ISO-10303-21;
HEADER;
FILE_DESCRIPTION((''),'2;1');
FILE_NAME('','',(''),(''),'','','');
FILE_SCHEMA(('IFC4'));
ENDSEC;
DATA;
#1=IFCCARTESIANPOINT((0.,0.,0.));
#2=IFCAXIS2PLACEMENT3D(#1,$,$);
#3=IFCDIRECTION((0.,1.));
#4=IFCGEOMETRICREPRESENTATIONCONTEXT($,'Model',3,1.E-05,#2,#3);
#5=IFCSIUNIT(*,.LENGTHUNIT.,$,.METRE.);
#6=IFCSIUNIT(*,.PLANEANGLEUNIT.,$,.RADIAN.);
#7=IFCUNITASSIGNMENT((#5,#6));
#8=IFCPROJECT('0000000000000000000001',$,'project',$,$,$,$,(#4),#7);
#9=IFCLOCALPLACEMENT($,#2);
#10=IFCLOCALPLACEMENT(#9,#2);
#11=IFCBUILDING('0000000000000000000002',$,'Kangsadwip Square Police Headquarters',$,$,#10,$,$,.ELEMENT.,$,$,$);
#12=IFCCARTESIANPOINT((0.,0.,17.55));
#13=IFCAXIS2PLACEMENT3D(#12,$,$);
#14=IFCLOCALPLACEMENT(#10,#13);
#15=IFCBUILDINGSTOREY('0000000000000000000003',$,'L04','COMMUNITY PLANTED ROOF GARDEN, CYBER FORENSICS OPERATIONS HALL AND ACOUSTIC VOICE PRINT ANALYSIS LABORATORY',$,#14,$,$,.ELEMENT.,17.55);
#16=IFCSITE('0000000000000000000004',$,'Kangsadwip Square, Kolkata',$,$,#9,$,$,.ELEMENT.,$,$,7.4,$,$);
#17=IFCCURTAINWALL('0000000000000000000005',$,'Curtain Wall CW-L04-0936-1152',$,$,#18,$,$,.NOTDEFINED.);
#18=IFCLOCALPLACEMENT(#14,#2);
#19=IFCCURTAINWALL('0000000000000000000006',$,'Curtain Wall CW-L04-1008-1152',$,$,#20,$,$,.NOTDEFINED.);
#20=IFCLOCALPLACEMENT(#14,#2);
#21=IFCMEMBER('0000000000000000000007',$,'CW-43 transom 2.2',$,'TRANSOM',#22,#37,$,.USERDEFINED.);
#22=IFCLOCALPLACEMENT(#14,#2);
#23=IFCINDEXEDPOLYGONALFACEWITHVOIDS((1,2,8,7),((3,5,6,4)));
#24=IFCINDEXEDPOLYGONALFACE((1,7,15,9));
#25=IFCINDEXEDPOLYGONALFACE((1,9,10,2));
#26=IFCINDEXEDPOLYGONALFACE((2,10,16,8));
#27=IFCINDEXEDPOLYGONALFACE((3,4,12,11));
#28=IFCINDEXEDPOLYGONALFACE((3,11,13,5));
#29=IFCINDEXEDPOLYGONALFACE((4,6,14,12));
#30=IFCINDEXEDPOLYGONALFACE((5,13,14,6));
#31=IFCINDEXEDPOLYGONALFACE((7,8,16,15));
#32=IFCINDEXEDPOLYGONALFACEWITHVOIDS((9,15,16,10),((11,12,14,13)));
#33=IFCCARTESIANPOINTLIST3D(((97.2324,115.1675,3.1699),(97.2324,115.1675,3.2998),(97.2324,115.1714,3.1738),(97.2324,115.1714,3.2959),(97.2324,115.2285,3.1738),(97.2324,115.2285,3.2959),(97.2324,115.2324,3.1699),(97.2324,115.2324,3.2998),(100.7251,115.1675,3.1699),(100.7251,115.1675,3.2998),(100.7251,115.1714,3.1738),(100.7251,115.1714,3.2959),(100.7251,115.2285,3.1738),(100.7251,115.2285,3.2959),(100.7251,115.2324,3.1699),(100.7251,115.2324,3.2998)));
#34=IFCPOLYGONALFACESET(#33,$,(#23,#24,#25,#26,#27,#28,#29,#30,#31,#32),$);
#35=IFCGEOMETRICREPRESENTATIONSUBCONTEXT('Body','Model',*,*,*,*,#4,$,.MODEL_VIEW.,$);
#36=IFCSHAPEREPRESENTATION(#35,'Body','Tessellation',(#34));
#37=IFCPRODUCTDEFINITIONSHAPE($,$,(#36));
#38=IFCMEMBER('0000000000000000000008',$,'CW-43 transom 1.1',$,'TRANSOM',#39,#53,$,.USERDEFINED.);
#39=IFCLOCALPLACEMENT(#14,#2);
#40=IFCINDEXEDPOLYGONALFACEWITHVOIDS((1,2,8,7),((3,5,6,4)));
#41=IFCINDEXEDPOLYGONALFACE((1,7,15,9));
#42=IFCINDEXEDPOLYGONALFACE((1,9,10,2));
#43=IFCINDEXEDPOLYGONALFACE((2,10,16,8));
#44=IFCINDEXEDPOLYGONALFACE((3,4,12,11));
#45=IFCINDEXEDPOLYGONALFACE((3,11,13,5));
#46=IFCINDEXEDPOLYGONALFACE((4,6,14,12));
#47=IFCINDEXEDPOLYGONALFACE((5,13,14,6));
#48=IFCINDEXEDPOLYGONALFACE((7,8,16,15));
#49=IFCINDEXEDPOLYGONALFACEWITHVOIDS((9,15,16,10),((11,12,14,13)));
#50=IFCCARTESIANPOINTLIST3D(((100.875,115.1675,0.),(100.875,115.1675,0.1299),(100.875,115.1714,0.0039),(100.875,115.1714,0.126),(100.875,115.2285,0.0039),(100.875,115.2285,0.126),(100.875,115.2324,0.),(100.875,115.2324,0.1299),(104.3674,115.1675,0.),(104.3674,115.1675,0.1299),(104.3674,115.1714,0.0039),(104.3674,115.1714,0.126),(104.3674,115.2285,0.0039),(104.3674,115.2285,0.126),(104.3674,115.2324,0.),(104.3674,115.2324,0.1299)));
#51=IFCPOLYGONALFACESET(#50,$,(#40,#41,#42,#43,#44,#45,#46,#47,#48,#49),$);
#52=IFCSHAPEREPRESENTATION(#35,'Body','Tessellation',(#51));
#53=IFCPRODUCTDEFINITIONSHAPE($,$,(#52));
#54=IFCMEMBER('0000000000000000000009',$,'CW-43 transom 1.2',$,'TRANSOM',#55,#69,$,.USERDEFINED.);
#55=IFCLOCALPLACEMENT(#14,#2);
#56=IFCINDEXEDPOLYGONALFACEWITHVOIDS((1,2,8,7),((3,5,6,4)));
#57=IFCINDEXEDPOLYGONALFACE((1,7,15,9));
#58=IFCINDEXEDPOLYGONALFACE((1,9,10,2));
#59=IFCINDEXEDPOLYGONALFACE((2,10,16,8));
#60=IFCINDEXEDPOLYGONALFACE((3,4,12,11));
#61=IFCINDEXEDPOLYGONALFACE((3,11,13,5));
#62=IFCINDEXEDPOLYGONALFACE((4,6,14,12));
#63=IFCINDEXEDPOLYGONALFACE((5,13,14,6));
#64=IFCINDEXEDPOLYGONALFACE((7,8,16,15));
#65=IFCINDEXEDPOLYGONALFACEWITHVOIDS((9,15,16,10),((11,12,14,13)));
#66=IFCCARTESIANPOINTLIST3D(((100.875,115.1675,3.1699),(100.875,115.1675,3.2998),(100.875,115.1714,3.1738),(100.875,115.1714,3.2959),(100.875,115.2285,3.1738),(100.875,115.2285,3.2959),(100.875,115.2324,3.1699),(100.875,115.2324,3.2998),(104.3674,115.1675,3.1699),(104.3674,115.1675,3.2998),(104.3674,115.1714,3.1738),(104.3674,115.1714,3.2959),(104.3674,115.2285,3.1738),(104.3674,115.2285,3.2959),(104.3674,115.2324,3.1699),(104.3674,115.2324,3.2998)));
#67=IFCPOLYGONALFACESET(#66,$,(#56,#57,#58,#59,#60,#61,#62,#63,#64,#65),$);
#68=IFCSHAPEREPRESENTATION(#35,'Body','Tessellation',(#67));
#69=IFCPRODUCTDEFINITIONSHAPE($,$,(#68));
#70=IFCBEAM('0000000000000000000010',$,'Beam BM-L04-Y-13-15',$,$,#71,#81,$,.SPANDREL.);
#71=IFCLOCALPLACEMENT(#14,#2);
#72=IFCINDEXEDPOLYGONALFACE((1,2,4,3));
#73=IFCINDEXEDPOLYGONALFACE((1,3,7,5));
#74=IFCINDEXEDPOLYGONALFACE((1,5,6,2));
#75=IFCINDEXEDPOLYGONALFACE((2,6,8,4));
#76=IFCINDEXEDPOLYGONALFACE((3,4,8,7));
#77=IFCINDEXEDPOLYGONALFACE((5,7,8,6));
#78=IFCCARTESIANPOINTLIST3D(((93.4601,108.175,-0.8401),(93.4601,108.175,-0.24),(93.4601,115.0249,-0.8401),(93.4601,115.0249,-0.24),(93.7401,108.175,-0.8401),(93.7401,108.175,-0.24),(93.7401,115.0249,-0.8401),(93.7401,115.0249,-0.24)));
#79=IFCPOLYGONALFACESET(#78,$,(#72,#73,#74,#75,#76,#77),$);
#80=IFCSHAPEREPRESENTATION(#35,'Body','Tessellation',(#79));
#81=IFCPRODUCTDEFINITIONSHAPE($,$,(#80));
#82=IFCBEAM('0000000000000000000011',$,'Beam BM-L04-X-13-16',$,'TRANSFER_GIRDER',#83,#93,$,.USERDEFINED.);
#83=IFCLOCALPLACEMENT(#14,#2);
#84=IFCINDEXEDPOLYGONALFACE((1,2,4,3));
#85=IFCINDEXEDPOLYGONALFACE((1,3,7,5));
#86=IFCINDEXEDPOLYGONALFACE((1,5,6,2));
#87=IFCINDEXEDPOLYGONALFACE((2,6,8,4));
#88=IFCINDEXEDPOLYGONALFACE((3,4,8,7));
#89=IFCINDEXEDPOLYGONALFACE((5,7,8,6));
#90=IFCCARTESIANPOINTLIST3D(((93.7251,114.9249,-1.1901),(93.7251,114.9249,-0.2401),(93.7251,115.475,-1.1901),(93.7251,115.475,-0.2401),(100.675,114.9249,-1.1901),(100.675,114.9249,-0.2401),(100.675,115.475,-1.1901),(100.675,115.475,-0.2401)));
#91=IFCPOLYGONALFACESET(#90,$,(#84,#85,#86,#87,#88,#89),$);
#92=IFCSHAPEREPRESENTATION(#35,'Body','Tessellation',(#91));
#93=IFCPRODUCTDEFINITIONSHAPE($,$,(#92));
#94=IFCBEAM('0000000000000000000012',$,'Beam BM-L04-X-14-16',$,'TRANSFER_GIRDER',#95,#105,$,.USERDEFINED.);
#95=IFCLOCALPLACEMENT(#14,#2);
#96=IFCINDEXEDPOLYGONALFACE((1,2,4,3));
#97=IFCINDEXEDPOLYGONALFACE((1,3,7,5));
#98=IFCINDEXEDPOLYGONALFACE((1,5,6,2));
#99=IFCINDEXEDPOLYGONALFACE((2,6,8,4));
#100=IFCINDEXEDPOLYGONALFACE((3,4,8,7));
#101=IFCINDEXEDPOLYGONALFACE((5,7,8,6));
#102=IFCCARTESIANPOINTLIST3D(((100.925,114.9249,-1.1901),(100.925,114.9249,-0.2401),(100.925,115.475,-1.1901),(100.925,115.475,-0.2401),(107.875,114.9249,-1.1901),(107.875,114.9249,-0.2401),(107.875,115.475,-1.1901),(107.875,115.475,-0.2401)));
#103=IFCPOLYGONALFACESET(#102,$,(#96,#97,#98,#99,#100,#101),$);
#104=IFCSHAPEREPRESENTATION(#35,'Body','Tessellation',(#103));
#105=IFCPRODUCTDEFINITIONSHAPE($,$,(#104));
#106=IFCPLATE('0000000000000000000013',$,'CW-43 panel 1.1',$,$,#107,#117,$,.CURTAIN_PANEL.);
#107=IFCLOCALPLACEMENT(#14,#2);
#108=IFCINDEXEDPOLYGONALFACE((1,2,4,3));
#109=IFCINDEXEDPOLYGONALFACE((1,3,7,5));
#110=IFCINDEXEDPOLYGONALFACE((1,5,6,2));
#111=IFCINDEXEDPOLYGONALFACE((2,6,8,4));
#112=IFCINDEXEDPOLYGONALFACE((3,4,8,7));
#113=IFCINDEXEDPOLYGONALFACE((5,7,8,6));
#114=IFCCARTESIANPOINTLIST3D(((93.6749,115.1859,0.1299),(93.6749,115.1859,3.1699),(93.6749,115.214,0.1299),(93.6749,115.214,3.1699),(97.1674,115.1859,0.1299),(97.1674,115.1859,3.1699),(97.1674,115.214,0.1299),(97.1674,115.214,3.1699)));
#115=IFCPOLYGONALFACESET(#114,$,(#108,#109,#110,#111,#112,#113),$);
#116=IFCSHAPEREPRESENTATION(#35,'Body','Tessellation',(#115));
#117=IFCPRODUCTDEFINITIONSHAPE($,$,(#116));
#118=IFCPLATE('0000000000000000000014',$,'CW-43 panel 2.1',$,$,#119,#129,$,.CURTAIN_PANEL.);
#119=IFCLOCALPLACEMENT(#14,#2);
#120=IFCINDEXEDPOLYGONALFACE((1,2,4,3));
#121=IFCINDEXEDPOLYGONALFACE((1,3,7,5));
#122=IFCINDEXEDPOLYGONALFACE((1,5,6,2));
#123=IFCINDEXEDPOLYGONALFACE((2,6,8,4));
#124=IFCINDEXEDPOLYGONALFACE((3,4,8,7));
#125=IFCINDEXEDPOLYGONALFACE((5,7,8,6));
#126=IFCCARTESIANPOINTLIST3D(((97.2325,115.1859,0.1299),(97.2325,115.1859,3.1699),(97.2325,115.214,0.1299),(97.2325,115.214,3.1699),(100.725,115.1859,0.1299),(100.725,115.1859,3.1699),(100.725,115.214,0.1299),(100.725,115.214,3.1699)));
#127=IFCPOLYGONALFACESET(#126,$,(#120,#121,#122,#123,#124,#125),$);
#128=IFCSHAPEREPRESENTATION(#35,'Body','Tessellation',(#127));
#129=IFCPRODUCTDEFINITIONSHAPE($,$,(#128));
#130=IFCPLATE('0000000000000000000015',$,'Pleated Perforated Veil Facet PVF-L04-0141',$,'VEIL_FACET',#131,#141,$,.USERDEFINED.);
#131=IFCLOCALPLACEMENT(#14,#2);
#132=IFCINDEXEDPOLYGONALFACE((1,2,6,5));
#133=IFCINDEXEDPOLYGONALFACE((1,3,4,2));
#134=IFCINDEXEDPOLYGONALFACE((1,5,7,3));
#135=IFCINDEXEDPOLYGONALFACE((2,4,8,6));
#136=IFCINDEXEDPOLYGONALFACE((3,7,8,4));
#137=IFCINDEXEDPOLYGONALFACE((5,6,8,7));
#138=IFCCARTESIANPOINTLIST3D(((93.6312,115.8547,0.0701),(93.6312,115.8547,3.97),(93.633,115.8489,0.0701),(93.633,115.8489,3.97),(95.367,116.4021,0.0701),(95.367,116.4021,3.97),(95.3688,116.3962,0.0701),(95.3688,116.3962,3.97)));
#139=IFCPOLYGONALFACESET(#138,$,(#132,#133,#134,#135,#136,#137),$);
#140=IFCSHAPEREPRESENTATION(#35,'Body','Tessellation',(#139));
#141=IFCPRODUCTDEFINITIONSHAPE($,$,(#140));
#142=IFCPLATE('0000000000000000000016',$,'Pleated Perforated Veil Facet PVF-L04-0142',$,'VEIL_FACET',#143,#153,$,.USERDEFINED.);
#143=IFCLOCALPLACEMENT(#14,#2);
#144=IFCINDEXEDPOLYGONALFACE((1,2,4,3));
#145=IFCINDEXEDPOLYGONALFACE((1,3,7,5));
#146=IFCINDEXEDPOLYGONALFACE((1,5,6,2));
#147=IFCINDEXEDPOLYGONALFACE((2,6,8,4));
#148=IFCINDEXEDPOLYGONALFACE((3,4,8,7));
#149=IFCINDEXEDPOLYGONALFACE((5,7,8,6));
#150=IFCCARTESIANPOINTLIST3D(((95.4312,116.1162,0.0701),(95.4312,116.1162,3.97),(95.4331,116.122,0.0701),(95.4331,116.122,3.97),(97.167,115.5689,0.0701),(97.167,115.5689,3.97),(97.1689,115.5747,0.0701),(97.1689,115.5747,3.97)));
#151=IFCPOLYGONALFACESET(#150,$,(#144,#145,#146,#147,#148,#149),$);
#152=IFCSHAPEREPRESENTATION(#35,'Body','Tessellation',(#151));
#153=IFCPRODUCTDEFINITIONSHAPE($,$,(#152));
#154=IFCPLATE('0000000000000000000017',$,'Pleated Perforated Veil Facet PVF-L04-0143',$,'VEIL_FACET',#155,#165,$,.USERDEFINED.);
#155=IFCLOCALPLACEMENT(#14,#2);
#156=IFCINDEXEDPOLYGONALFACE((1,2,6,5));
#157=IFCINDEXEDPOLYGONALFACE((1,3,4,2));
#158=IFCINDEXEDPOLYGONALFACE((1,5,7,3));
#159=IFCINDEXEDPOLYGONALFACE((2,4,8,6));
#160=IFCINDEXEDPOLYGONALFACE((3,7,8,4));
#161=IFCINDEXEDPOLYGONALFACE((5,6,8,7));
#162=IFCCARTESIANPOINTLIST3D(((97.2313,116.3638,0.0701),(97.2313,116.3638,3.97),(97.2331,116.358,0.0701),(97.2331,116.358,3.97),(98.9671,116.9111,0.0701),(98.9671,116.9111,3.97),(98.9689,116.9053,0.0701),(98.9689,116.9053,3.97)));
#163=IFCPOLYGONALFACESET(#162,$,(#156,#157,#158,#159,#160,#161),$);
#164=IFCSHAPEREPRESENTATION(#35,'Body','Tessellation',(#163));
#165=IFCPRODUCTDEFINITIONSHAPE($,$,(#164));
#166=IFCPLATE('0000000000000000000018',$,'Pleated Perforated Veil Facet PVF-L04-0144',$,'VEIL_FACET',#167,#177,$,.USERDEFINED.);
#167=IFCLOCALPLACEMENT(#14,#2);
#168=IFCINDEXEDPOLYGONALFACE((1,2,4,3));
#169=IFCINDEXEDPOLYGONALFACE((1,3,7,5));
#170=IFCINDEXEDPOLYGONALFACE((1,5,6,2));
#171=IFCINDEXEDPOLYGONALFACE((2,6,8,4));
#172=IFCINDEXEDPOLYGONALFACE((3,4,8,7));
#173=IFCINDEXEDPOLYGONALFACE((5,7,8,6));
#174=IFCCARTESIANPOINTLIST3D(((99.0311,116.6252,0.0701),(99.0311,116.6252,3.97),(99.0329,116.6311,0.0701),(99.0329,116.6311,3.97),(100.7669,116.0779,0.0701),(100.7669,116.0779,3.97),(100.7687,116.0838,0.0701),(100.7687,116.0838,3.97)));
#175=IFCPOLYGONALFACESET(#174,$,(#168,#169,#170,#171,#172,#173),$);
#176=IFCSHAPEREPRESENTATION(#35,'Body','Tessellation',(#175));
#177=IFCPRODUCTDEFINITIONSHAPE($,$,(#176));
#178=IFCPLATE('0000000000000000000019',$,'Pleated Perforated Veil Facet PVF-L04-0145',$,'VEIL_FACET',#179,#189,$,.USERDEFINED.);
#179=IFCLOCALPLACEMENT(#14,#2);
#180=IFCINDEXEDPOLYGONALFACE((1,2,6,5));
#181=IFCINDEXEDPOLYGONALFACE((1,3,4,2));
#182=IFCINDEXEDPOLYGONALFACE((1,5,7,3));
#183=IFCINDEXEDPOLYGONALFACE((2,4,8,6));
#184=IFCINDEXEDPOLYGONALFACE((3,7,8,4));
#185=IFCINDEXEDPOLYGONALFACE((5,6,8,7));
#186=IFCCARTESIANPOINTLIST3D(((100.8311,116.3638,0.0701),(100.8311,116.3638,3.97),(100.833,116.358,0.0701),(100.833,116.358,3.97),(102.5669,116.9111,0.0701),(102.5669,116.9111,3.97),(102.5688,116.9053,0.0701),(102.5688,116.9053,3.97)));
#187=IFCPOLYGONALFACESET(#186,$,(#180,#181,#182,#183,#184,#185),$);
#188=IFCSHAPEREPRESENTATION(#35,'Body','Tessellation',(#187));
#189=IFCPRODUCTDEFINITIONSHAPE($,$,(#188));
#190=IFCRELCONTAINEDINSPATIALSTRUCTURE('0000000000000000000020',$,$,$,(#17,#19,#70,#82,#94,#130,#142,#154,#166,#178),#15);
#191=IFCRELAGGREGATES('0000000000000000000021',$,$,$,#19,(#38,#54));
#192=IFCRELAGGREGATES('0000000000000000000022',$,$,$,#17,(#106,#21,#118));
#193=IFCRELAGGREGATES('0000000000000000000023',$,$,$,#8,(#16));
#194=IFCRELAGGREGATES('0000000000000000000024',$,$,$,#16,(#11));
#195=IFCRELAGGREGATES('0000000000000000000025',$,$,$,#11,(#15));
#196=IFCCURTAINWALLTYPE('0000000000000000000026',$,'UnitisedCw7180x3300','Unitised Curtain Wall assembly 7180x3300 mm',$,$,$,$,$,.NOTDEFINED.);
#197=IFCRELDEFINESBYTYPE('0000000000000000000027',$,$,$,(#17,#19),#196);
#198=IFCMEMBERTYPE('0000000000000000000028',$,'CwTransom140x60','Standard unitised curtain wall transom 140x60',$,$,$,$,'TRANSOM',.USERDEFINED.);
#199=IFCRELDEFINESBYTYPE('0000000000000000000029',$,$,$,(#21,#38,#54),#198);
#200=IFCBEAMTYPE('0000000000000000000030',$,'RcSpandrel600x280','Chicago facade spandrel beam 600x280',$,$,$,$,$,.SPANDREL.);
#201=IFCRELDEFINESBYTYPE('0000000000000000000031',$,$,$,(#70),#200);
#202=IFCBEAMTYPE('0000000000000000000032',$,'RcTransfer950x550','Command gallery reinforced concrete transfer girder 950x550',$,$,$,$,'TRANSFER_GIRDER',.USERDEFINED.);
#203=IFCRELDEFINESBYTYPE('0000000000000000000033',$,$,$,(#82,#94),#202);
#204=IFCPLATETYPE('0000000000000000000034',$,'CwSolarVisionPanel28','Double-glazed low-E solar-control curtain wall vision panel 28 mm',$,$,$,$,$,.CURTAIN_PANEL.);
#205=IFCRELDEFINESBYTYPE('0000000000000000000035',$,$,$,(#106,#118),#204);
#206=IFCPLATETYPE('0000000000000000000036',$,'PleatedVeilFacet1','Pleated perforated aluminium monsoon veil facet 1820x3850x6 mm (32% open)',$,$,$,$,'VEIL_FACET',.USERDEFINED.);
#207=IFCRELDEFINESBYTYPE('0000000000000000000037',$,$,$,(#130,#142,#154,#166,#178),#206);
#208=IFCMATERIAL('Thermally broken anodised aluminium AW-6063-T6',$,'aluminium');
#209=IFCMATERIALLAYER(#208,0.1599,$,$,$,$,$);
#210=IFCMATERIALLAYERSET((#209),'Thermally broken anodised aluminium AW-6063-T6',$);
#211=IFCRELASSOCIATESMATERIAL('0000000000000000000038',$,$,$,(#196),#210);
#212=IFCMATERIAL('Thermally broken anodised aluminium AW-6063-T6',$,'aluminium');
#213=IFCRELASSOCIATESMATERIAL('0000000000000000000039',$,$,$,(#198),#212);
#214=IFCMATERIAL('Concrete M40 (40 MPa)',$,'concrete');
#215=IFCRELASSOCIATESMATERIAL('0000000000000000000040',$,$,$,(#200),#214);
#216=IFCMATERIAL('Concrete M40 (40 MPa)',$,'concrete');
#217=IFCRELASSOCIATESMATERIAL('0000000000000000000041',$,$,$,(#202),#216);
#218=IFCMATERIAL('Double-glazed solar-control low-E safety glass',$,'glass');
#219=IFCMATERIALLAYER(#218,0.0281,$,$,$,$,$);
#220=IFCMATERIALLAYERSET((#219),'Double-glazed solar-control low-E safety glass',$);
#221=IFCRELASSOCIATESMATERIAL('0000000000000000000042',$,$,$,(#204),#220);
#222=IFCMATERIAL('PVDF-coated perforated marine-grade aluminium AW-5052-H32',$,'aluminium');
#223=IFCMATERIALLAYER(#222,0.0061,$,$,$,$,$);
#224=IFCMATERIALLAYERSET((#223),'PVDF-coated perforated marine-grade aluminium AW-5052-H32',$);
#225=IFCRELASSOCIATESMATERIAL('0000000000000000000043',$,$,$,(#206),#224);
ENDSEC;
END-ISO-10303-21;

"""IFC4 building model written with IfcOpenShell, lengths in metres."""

from ifc_helpers import new_model, si_unit, direction, frame, origin, origin_2d, place, context, subcontext, project, spatial, rectangle, hollow_rectangle, extrude, material, layer, layer_set, material_profile, profile_set, type_object, element, aggregate, save


model = new_model("IFC4")

# Units and contexts
model_context = context("Model", 3, precision=1e-05, world=origin(), true_north=direction((0.0, 1.0)))
body_context = subcontext(model_context, "Body", "Model", "MODEL_VIEW")
ifc_project = project(units=[si_unit("LENGTHUNIT", "METRE"), si_unit("PLANEANGLEUNIT", "RADIAN")], contexts=[model_context])

# Site, building, storey
site_placement = place(None, origin())
site = spatial("IfcSite", under=ifc_project, at=site_placement, Name="Kangsadwip Square, Kolkata", CompositionType="ELEMENT", RefElevation=7.4)
building_placement = place(site_placement, origin())
building = spatial("IfcBuilding", under=site, at=building_placement, Name="Kangsadwip Square Police Headquarters", CompositionType="ELEMENT")
storey_placement = place(building_placement, frame((0.0, 0.0, 17.55)))
storey = spatial("IfcBuildingStorey", under=building, at=storey_placement, Name="L04", Description="COMMUNITY PLANTED ROOF GARDEN, CYBER FORENSICS OPERATIONS HALL AND ACOUSTIC VOICE PRINT ANALYSIS LABORATORY", CompositionType="ELEMENT", Elevation=17.55)

# Curtain wall
ifc_material_1 = material(Name="Thermally broken anodised aluminium AW-6063-T6", Category="aluminium")
ifc_layer_1 = layer(ifc_material_1, 0.1599)
ifc_layer_set_1 = layer_set([ifc_layer_1], Name="Thermally broken anodised aluminium AW-6063-T6")
curtain_wall_type = type_object("IfcCurtainWallType", Name="UnitisedCw7180x3300", Description="Unitised Curtain Wall assembly 7180x3300 mm", PredefinedType="NOTDEFINED", material=ifc_layer_set_1)
curtain_wall_1_placement = place(storey_placement, origin())
curtain_wall_1 = element("IfcCurtainWall", 1, at=curtain_wall_1_placement, inside=storey, type_object=curtain_wall_type, Name="Curtain Wall CW-L04-0936-1152", PredefinedType="NOTDEFINED")

# Curtain wall
curtain_wall_2_placement = place(storey_placement, origin())
curtain_wall_2 = element("IfcCurtainWall", 2, at=curtain_wall_2_placement, inside=storey, type_object=curtain_wall_type, Name="Curtain Wall CW-L04-1008-1152", PredefinedType="NOTDEFINED")

# Members
ifc_material_2 = material(Name="Thermally broken anodised aluminium AW-6063-T6", Category="aluminium")
ifc_material_profile_1 = material_profile(ifc_material_2, hollow_rectangle(XDim=0.0649, YDim=0.1299, WallThickness=0.0039, at=origin_2d()), Name="CWT 130X65X4")
ifc_profile_set_1 = profile_set([ifc_material_profile_1], Name="Thermally broken anodised aluminium AW-6063-T6")
member_type_1 = type_object("IfcMemberType", Name="CwTransom140x60", Description="Standard unitised curtain wall transom 140x60", ElementType="TRANSOM", PredefinedType="USERDEFINED", material=ifc_profile_set_1)
member_1_placement = place(storey_placement, frame((97.2324, 115.2, 3.2349), z_axis=(1.0, 0.0, 0.0), x_axis=(0.0, 1.0, 0.0)))
member_1 = element("IfcMember", 3, at=member_1_placement, type_object=member_type_1, Name="CW-43 transom 2.2", ObjectType="TRANSOM", PredefinedType="USERDEFINED", context=body_context, shape_type="SweptSolid", body=[
    extrude(hollow_rectangle(XDim=0.0649, YDim=0.1299, WallThickness=0.0039, at=origin_2d()), origin(), (0.0, 0.0, 1.0), 3.4927),
])
member_2_placement = place(storey_placement, frame((100.875, 115.2, 0.0649), z_axis=(1.0, 0.0, 0.0), x_axis=(0.0, 1.0, 0.0)))
member_2 = element("IfcMember", 4, at=member_2_placement, type_object=member_type_1, Name="CW-43 transom 1.1", ObjectType="TRANSOM", PredefinedType="USERDEFINED", context=body_context, shape_type="SweptSolid", body=[
    extrude(hollow_rectangle(XDim=0.0649, YDim=0.1299, WallThickness=0.0039, at=origin_2d()), origin(), (0.0, 0.0, 1.0), 3.4924),
])
member_3_placement = place(storey_placement, frame((100.875, 115.2, 3.2349), z_axis=(1.0, 0.0, 0.0), x_axis=(0.0, 1.0, 0.0)))
member_3 = element("IfcMember", 5, at=member_3_placement, type_object=member_type_1, Name="CW-43 transom 1.2", ObjectType="TRANSOM", PredefinedType="USERDEFINED", context=body_context, shape_type="SweptSolid", body=[
    extrude(hollow_rectangle(XDim=0.0649, YDim=0.1299, WallThickness=0.0039, at=origin_2d()), origin(), (0.0, 0.0, 1.0), 3.4924),
])
aggregate(curtain_wall_2, [member_2, member_3])

# Beams
ifc_material_3 = material(Name="Concrete M40 (40 MPa)", Category="concrete")
ifc_material_profile_2 = material_profile(ifc_material_3, rectangle(XDim=0.28, YDim=0.6001, at=origin_2d()), Name="RC SPN 600X280")
ifc_profile_set_2 = profile_set([ifc_material_profile_2], Name="Concrete M40 (40 MPa)")
beam_type_1 = type_object("IfcBeamType", Name="RcSpandrel600x280", Description="Chicago facade spandrel beam 600x280", PredefinedType="SPANDREL", material=ifc_profile_set_2)
beam_placement = place(storey_placement, frame((93.6001, 108.175, -0.54), z_axis=(0.0, 1.0, 0.0), x_axis=(-1.0, 0.0, 0.0)))
element("IfcBeam", 6, at=beam_placement, inside=storey, type_object=beam_type_1, Name="Beam BM-L04-Y-13-15", PredefinedType="SPANDREL", context=body_context, shape_type="SweptSolid", body=[
    extrude(rectangle(XDim=0.28, YDim=0.6001, at=origin_2d()), origin(), (0.0, 0.0, 1.0), 6.8499),
])
ifc_material_4 = material(Name="Concrete M40 (40 MPa)", Category="concrete")
ifc_material_profile_3 = material_profile(ifc_material_4, rectangle(XDim=0.55, YDim=0.95, at=origin_2d()), Name="RC TG 950X550")
ifc_profile_set_3 = profile_set([ifc_material_profile_3], Name="Concrete M40 (40 MPa)")
beam_type_2 = type_object("IfcBeamType", Name="RcTransfer950x550", Description="Command gallery reinforced concrete transfer girder 950x550", ElementType="TRANSFER_GIRDER", PredefinedType="USERDEFINED", material=ifc_profile_set_3)
for number, where, z_axis, x_axis, name in (
    (7, (93.7251, 115.2, -0.7151), (1.0, 0.0, 0.0), (0.0, 1.0, 0.0), "Beam BM-L04-X-13-16"),
    (8, (100.925, 115.2, -0.7151), (1.0, 0.0, 0.0), (0.0, 1.0, 0.0), "Beam BM-L04-X-14-16"),
):
    element("IfcBeam", number, at=place(storey_placement, frame(where, z_axis=z_axis, x_axis=x_axis)), inside=storey, type_object=beam_type_2, Name=name, ObjectType="TRANSFER_GIRDER", PredefinedType="USERDEFINED", context=body_context, shape_type="SweptSolid", body=[
        extrude(rectangle(XDim=0.55, YDim=0.95, at=origin_2d()), origin(), (0.0, 0.0, 1.0), 6.95),
    ])

# Plates
ifc_material_5 = material(Name="Double-glazed solar-control low-E safety glass", Category="glass")
ifc_layer_2 = layer(ifc_material_5, 0.0281)
ifc_layer_set_2 = layer_set([ifc_layer_2], Name="Double-glazed solar-control low-E safety glass")
plate_type_1 = type_object("IfcPlateType", Name="CwSolarVisionPanel28", Description="Double-glazed low-E solar-control curtain wall vision panel 28 mm", PredefinedType="CURTAIN_PANEL", material=ifc_layer_set_2)
plate_1_placement = place(storey_placement, frame((95.4211, 115.2, 0.1299), z_axis=(0.0, 0.0, 1.0), x_axis=(1.0, 0.0, 0.0)))
plate_1 = element("IfcPlate", 9, at=plate_1_placement, type_object=plate_type_1, Name="CW-43 panel 1.1", PredefinedType="CURTAIN_PANEL", context=body_context, shape_type="SweptSolid", body=[
    extrude(rectangle(XDim=3.4924, YDim=0.0281, at=origin_2d()), origin(), (0.0, 0.0, 1.0), 3.04),
])
plate_2_placement = place(storey_placement, frame((98.9788, 115.2, 0.1299), z_axis=(0.0, 0.0, 1.0), x_axis=(1.0, 0.0, 0.0)))
plate_2 = element("IfcPlate", 10, at=plate_2_placement, type_object=plate_type_1, Name="CW-43 panel 2.1", PredefinedType="CURTAIN_PANEL", context=body_context, shape_type="SweptSolid", body=[
    extrude(rectangle(XDim=3.4924, YDim=0.0281, at=origin_2d()), origin(), (0.0, 0.0, 1.0), 3.04),
])
aggregate(curtain_wall_1, [plate_1, member_1, plate_2])

# Plates
ifc_material_6 = material(Name="PVDF-coated perforated marine-grade aluminium AW-5052-H32", Category="aluminium")
ifc_layer_3 = layer(ifc_material_6, 0.0061)
ifc_layer_set_3 = layer_set([ifc_layer_3], Name="PVDF-coated perforated marine-grade aluminium AW-5052-H32")
plate_type_2 = type_object("IfcPlateType", Name="PleatedVeilFacet1", Description="Pleated perforated aluminium monsoon veil facet 1820x3850x6 mm (32% open)", ElementType="VEIL_FACET", PredefinedType="USERDEFINED", material=ifc_layer_set_3)
for number, where, z_axis, x_axis, name in (
    (11, (94.5, 116.1255, 0.0701), (0.0, 0.0, 1.0), (0.953717, 0.300706, 0.0), "Pleated Perforated Veil Facet PVF-L04-0141"),
    (12, (96.3, 115.8455, 0.0701), (0.0, 0.0, 1.0), (0.953717, -0.300706, 0.0), "Pleated Perforated Veil Facet PVF-L04-0142"),
    (13, (98.1001, 116.6345, 0.0701), (0.0, 0.0, 1.0), (0.953717, 0.300706, 0.0), "Pleated Perforated Veil Facet PVF-L04-0143"),
    (14, (99.8999, 116.3545, 0.0701), (0.0, 0.0, 1.0), (0.953717, -0.300706, 0.0), "Pleated Perforated Veil Facet PVF-L04-0144"),
    (15, (101.7, 116.6345, 0.0701), (0.0, 0.0, 1.0), (0.953717, 0.300706, 0.0), "Pleated Perforated Veil Facet PVF-L04-0145"),
):
    element("IfcPlate", number, at=place(storey_placement, frame(where, z_axis=z_axis, x_axis=x_axis)), inside=storey, type_object=plate_type_2, Name=name, ObjectType="VEIL_FACET", PredefinedType="USERDEFINED", context=body_context, shape_type="SweptSolid", body=[
        extrude(rectangle(XDim=1.8201, YDim=0.0061, at=origin_2d()), origin(), (0.0, 0.0, 1.0), 3.8999),
    ])

save(model, "model.ifc")
